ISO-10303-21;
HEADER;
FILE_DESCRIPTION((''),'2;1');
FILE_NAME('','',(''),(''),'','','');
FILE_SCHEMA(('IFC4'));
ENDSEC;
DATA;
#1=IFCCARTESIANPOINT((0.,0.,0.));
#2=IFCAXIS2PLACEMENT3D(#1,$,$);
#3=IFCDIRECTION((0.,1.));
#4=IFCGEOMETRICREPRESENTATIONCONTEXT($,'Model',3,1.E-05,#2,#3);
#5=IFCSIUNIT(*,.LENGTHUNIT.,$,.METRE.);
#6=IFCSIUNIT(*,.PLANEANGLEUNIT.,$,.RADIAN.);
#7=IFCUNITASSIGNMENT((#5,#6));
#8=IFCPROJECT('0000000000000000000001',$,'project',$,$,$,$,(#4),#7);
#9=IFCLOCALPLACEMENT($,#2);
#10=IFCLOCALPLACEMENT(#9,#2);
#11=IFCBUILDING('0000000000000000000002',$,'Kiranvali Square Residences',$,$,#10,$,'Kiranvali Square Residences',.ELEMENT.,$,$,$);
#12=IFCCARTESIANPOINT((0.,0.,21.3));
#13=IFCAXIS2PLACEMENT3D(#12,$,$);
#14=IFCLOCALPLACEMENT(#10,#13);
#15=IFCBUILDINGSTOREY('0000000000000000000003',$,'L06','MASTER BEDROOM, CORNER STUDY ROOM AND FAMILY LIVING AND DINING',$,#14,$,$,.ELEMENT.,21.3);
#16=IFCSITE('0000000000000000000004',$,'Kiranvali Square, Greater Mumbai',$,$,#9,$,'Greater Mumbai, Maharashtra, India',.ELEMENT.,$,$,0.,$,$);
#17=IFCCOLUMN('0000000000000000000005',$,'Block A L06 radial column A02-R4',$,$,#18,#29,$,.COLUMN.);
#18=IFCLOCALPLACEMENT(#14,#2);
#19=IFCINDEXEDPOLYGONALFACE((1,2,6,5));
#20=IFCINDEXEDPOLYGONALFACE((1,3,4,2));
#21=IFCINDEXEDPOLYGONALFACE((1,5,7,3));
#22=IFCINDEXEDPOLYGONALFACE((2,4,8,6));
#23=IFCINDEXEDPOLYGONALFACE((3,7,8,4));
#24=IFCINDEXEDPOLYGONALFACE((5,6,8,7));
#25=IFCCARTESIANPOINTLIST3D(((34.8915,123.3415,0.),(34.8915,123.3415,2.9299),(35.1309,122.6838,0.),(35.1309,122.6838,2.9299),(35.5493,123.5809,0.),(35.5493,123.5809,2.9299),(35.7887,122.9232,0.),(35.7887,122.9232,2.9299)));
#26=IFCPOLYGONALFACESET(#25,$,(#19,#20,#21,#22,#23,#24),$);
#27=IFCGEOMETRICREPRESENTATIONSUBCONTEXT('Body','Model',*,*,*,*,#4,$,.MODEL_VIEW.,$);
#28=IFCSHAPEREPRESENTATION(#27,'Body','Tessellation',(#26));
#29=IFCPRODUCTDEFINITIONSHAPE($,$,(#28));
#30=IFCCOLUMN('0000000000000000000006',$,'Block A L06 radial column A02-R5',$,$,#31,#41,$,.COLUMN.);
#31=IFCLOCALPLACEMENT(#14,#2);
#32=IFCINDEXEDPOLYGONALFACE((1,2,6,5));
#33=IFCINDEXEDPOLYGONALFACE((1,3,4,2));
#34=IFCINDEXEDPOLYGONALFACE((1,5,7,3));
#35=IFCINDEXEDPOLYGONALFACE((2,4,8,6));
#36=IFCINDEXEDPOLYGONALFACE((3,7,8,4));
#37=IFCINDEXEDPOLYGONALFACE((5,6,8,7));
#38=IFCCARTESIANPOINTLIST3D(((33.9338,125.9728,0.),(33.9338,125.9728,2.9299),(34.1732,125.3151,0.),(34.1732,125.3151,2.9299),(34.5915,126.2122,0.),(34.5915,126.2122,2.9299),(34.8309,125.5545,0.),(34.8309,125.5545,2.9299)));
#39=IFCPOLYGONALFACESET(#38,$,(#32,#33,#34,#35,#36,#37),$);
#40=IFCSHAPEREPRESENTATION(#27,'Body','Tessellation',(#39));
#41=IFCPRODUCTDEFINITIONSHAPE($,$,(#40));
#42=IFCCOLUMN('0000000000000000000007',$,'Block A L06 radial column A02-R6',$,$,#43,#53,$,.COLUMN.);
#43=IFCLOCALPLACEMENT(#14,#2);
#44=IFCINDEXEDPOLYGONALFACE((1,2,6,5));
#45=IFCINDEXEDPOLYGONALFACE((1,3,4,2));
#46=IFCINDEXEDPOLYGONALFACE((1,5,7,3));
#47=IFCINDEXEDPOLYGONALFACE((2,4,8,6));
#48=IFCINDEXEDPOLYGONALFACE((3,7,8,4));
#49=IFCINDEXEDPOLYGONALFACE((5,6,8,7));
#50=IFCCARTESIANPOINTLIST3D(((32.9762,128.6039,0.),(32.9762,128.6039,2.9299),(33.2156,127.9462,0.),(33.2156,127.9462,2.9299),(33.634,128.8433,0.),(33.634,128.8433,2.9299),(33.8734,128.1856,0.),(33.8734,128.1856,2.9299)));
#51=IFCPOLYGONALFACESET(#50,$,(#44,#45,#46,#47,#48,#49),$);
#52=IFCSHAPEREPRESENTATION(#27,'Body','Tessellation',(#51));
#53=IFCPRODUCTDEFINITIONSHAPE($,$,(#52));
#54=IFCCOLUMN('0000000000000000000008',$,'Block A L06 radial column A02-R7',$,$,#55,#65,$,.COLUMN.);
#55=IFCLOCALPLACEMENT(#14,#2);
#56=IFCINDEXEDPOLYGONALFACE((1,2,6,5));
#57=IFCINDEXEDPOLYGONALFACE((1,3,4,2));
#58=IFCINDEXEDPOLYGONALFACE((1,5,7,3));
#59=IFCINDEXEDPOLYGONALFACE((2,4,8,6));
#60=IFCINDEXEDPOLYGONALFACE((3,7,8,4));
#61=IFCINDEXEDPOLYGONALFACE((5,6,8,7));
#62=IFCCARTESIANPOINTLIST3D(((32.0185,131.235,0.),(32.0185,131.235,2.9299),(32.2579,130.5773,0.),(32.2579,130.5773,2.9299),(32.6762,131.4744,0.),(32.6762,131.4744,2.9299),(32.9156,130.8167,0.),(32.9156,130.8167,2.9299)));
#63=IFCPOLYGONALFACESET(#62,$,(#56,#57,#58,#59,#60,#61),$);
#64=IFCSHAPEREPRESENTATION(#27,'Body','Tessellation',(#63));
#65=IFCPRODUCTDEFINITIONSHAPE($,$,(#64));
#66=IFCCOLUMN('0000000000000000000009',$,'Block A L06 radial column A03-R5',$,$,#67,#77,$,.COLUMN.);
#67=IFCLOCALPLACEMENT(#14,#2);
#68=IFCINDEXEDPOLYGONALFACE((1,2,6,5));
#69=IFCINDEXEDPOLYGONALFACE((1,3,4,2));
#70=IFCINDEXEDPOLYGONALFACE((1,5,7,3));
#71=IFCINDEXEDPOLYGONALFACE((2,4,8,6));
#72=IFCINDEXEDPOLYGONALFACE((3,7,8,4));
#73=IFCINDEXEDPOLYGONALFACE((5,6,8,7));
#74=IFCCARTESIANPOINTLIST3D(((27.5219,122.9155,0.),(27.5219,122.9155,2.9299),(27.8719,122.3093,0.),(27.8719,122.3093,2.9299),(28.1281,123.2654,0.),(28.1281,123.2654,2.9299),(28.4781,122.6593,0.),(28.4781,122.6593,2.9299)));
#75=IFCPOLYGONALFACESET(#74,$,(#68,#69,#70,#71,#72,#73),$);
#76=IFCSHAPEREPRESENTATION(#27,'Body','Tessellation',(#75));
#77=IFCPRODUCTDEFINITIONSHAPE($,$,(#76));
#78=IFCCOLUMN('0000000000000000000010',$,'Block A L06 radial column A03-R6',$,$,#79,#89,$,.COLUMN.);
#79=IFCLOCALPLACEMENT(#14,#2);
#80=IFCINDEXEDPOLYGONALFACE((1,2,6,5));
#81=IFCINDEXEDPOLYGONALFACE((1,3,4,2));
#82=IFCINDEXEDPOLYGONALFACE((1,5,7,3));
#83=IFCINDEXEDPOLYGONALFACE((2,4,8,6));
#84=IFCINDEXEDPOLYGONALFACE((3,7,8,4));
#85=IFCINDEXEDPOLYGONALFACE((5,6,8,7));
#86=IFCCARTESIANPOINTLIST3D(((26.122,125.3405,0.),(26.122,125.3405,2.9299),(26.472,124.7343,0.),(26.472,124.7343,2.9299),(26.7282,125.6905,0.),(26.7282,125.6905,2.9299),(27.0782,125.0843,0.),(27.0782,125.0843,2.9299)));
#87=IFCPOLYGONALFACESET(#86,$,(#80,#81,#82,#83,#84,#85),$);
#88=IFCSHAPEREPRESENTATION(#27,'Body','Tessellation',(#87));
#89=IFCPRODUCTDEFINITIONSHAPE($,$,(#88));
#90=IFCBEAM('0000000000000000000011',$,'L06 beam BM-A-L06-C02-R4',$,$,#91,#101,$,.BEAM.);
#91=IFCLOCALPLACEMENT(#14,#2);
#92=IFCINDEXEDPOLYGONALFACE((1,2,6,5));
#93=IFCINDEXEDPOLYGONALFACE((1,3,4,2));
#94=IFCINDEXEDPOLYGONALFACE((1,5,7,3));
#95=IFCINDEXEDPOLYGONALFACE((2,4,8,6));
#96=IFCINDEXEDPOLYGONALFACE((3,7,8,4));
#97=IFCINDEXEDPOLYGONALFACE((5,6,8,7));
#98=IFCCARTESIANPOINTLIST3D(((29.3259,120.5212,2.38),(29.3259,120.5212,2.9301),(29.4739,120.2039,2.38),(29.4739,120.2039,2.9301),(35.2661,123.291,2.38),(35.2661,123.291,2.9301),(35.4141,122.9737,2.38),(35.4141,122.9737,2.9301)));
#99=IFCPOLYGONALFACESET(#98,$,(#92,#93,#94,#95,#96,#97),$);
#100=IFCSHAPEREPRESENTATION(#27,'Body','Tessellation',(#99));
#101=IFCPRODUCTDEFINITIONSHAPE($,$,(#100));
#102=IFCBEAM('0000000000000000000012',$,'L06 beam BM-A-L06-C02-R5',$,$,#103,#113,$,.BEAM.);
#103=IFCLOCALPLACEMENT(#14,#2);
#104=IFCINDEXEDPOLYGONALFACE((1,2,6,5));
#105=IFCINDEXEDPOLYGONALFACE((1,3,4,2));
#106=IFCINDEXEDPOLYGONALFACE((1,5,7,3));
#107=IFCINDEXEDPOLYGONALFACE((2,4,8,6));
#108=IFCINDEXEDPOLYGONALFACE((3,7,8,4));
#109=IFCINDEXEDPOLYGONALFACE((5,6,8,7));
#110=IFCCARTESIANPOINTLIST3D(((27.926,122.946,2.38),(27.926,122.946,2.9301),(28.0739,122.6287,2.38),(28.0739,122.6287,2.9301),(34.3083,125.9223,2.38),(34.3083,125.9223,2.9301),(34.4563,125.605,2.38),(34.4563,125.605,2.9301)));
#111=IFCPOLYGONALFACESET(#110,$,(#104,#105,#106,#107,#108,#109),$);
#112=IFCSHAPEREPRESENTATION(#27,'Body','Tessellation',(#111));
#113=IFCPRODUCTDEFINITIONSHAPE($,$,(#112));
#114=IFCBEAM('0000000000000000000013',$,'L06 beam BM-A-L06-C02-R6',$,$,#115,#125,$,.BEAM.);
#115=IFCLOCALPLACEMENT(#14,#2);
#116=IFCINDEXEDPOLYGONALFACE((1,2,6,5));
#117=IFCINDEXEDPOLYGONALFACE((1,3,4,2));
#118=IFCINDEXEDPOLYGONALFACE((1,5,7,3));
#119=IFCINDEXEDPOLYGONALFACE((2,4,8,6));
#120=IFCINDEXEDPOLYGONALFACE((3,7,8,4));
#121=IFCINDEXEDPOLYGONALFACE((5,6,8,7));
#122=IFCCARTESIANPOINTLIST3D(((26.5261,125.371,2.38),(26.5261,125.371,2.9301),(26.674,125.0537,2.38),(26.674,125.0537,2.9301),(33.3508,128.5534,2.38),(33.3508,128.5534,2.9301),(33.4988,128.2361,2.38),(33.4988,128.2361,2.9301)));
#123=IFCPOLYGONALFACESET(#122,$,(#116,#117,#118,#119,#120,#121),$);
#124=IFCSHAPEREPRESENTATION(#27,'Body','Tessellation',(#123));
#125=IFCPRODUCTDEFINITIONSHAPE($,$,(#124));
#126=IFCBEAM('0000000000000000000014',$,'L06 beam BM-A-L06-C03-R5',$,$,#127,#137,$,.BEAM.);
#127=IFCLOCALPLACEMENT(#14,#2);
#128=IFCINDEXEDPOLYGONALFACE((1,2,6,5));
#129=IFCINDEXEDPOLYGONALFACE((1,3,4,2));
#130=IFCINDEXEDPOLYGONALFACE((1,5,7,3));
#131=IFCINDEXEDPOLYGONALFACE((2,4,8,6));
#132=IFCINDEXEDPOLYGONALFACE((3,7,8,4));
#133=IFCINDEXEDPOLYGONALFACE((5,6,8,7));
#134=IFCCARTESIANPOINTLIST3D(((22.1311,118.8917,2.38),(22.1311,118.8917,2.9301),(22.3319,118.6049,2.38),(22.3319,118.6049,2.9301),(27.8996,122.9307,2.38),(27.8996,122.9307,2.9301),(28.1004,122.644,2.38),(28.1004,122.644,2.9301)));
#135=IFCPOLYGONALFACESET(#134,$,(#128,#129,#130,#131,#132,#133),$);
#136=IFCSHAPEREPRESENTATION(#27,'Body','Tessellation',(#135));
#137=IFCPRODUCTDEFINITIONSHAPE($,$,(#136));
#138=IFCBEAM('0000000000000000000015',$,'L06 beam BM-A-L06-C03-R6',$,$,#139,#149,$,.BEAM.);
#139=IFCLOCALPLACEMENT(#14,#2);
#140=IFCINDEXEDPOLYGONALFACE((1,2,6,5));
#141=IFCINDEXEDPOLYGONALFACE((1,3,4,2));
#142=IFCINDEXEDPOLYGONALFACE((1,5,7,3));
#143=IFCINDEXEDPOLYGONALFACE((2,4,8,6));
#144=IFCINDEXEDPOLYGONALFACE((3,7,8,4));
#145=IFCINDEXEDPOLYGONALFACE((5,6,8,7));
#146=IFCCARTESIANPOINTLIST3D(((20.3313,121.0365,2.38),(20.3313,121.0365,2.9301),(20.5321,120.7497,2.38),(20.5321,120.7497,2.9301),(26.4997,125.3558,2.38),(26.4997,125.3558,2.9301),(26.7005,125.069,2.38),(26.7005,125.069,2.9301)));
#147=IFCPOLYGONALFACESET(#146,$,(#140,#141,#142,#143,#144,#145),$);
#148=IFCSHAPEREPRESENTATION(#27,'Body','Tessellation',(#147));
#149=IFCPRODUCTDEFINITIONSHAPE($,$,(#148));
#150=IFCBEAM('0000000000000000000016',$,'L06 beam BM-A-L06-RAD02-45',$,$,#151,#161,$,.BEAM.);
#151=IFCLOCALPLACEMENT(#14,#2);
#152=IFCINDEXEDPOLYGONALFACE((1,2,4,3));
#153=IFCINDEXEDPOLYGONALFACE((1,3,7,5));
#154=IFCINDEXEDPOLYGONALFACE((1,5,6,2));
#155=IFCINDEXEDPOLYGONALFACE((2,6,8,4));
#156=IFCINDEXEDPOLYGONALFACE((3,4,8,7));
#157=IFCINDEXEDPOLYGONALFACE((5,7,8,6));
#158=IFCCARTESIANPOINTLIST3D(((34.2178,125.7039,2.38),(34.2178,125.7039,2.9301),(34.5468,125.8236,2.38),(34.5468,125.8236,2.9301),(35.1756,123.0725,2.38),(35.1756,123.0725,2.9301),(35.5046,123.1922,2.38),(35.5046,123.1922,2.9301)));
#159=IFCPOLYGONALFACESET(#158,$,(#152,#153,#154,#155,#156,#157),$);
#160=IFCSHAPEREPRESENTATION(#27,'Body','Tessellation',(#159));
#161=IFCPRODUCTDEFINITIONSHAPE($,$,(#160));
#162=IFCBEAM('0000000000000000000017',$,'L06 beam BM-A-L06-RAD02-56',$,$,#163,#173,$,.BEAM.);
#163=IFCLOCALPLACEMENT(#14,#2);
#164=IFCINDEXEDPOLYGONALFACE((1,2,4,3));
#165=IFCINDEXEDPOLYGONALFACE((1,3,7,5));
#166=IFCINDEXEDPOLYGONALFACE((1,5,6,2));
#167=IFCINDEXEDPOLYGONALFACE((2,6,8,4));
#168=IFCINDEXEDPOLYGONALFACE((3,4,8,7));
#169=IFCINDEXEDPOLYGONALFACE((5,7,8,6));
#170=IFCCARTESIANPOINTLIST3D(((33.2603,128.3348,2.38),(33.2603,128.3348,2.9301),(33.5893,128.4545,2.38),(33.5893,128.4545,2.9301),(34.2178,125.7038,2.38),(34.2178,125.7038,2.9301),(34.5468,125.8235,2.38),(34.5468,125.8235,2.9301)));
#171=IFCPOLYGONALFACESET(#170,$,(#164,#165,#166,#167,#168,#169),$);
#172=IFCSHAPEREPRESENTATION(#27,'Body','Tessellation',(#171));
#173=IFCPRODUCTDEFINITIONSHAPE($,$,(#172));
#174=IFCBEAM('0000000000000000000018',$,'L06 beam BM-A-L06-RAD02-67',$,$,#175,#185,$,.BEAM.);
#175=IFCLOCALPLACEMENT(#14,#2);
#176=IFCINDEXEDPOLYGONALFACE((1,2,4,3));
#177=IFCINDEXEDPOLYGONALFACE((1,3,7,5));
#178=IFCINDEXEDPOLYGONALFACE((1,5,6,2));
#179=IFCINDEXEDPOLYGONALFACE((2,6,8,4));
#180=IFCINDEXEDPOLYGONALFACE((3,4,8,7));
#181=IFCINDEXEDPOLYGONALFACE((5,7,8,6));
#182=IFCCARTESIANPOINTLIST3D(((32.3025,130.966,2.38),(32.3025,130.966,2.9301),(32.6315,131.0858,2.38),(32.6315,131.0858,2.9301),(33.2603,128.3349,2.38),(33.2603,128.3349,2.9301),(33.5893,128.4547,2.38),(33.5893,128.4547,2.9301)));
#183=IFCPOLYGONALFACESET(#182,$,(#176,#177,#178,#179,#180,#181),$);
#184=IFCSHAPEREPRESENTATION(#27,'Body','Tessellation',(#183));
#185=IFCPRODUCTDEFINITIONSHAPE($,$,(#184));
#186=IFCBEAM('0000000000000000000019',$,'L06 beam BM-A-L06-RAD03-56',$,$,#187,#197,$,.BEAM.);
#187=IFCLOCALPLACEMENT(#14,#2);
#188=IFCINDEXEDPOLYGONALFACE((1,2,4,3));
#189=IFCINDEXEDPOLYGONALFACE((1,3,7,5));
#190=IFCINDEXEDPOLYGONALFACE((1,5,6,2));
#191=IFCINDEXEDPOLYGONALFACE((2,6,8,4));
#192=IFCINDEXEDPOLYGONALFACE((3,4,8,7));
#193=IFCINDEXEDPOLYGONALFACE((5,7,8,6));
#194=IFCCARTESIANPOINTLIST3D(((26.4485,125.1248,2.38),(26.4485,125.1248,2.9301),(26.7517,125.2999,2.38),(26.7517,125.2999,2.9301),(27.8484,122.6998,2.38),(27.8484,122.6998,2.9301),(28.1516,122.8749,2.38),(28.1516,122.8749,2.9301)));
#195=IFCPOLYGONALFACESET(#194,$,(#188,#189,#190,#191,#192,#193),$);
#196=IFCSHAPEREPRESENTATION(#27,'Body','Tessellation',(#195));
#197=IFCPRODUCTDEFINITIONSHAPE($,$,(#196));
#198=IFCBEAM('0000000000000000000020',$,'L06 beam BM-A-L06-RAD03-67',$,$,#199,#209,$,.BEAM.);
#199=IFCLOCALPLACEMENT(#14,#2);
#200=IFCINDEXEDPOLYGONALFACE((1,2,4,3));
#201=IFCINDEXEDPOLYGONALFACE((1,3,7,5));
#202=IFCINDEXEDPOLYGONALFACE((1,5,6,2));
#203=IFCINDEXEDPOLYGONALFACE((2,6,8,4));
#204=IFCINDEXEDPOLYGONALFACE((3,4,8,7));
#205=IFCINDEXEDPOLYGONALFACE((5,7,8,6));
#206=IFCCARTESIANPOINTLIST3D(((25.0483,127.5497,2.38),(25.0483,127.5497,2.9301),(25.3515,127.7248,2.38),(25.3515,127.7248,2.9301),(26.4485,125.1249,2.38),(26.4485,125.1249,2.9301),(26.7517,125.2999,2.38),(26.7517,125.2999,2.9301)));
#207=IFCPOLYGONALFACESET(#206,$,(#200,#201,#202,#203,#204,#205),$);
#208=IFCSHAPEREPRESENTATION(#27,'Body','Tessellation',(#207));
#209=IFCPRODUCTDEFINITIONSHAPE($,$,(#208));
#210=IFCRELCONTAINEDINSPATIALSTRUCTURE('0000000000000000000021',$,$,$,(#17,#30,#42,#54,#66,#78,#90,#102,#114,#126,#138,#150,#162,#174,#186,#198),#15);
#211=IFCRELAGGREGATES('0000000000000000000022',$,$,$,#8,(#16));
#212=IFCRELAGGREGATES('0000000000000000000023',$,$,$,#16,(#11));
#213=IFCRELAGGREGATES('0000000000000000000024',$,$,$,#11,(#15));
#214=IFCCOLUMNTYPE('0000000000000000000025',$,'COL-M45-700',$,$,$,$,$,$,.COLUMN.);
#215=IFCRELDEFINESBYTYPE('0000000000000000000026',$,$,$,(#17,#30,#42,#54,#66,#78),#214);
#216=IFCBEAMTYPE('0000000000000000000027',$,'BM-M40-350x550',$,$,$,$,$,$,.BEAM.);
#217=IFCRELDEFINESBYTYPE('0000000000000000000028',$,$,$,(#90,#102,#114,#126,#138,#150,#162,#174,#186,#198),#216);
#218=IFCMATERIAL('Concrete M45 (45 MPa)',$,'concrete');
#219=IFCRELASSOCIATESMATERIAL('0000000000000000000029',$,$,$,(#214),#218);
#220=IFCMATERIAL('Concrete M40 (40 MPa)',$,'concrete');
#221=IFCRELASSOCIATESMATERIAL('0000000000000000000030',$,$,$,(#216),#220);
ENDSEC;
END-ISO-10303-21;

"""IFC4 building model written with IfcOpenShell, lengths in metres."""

from ifc_helpers import new_model, si_unit, direction, frame, origin, origin_2d, place, context, subcontext, project, spatial, rectangle, extrude, material, material_profile, profile_set, type_object, element, save


model = new_model("IFC4")

# Units and contexts
model_context = context("Model", 3, precision=1e-05, world=origin(), true_north=direction((0.0, 1.0)))
body_context = subcontext(model_context, "Body", "Model", "MODEL_VIEW")
ifc_project = project(units=[si_unit("LENGTHUNIT", "METRE"), si_unit("PLANEANGLEUNIT", "RADIAN")], contexts=[model_context])

# Site, building, storey
site_placement = place(None, origin())
site = spatial("IfcSite", under=ifc_project, at=site_placement, Name="Kiranvali Square, Greater Mumbai", LongName="Greater Mumbai, Maharashtra, India", CompositionType="ELEMENT", RefElevation=0.0)
building_placement = place(site_placement, origin())
building = spatial("IfcBuilding", under=site, at=building_placement, Name="Kiranvali Square Residences", LongName="Kiranvali Square Residences", CompositionType="ELEMENT")
storey_placement = place(building_placement, frame((0.0, 0.0, 21.3)))
storey = spatial("IfcBuildingStorey", under=building, at=storey_placement, Name="L06", Description="MASTER BEDROOM, CORNER STUDY ROOM AND FAMILY LIVING AND DINING", CompositionType="ELEMENT", Elevation=21.3)

# Columns
ifc_material_1 = material(Name="Concrete M45 (45 MPa)", Category="concrete")
ifc_material_profile_1 = material_profile(ifc_material_1, rectangle(XDim=0.7, YDim=0.7, at=origin_2d()), Name="RC 700x700")
ifc_profile_set_1 = profile_set([ifc_material_profile_1], Name="Concrete M45 (45 MPa)")
column_type = type_object("IfcColumnType", Name="COL-M45-700", PredefinedType="COLUMN", material=ifc_profile_set_1)
for number, where, z_axis, x_axis, name in (
    (1, (35.3401, 123.1323, 0.0), (0.0, 0.0, 1.0), (0.939693, 0.34202, 0.0), "Block A L06 radial column A02-R4"),
    (2, (34.3823, 125.7637, 0.0), (0.0, 0.0, 1.0), (0.939693, 0.34202, 0.0), "Block A L06 radial column A02-R5"),
    (3, (33.4248, 128.3948, 0.0), (0.0, 0.0, 1.0), (0.939693, 0.34202, 0.0), "Block A L06 radial column A02-R6"),
    (4, (32.467, 131.0259, 0.0), (0.0, 0.0, 1.0), (0.939693, 0.34202, 0.0), "Block A L06 radial column A02-R7"),
    (5, (28.0, 122.7874, 0.0), (0.0, 0.0, 1.0), (0.866025, 0.5, 0.0), "Block A L06 radial column A03-R5"),
    (6, (26.6001, 125.2124, 0.0), (0.0, 0.0, 1.0), (0.866025, 0.5, 0.0), "Block A L06 radial column A03-R6"),
):
    element("IfcColumn", number, at=place(storey_placement, frame(where, z_axis=z_axis, x_axis=x_axis)), inside=storey, type_object=column_type, Name=name, PredefinedType="COLUMN", context=body_context, shape_type="SweptSolid", body=[
        extrude(rectangle(XDim=0.7, YDim=0.7, at=origin_2d()), origin(), (0.0, 0.0, 1.0), 2.9299),
    ])

# Beams
ifc_material_2 = material(Name="Concrete M40 (40 MPa)", Category="concrete")
ifc_material_profile_2 = material_profile(ifc_material_2, rectangle(XDim=0.3501, YDim=0.55, at=origin_2d()), Name="RC 350x550")
ifc_profile_set_2 = profile_set([ifc_material_profile_2], Name="Concrete M40 (40 MPa)")
beam_type_1 = type_object("IfcBeamType", Name="BM-M40-350x550", PredefinedType="BEAM", material=ifc_profile_set_2)
beam_1_placement = place(storey_placement, frame((35.3401, 123.1323, 2.655), z_axis=(-0.906318, -0.422596, 0.0), x_axis=(0.422596, -0.906318, 0.0)))
element("IfcBeam", 7, at=beam_1_placement, inside=storey, type_object=beam_type_1, Name="L06 beam BM-A-L06-C02-R4", PredefinedType="BEAM", context=body_context, shape_type="SweptSolid", body=[
    extrude(rectangle(XDim=0.3501, YDim=0.55, at=origin_2d()), origin(), (0.0, 0.0, 1.0), 6.5542),
])
beam_2_placement = place(storey_placement, frame((34.3823, 125.7637, 2.655), z_axis=(-0.906297, -0.422641, 0.0), x_axis=(0.422641, -0.906297, 0.0)))
element("IfcBeam", 8, at=beam_2_placement, inside=storey, type_object=beam_type_1, Name="L06 beam BM-A-L06-C02-R5", PredefinedType="BEAM", context=body_context, shape_type="SweptSolid", body=[
    extrude(rectangle(XDim=0.3501, YDim=0.55, at=origin_2d()), origin(), (0.0, 0.0, 1.0), 7.0422),
])
beam_3_placement = place(storey_placement, frame((33.4248, 128.3948, 2.655), z_axis=(-0.90631, -0.422614, 0.0), x_axis=(0.422614, -0.90631, 0.0)))
element("IfcBeam", 9, at=beam_3_placement, inside=storey, type_object=beam_type_1, Name="L06 beam BM-A-L06-C02-R6", PredefinedType="BEAM", context=body_context, shape_type="SweptSolid", body=[
    extrude(rectangle(XDim=0.3501, YDim=0.55, at=origin_2d()), origin(), (0.0, 0.0, 1.0), 7.5303),
])
beam_4_placement = place(storey_placement, frame((28.0, 122.7874, 2.655), z_axis=(-0.81916, -0.573565, 0.0), x_axis=(0.573565, -0.81916, 0.0)))
element("IfcBeam", 10, at=beam_4_placement, inside=storey, type_object=beam_type_1, Name="L06 beam BM-A-L06-C03-R5", PredefinedType="BEAM", context=body_context, shape_type="SweptSolid", body=[
    extrude(rectangle(XDim=0.3501, YDim=0.55, at=origin_2d()), origin(), (0.0, 0.0, 1.0), 7.042),
])
beam_5_placement = place(storey_placement, frame((26.6001, 125.2124, 2.655), z_axis=(-0.819144, -0.573589, 0.0), x_axis=(0.573589, -0.819144, 0.0)))
element("IfcBeam", 11, at=beam_5_placement, inside=storey, type_object=beam_type_1, Name="L06 beam BM-A-L06-C03-R6", PredefinedType="BEAM", context=body_context, shape_type="SweptSolid", body=[
    extrude(rectangle(XDim=0.3501, YDim=0.55, at=origin_2d()), origin(), (0.0, 0.0, 1.0), 7.5303),
])
beam_6_placement = place(storey_placement, frame((35.3401, 123.1323, 2.655), z_axis=(-0.34203, 0.939689, 0.0), x_axis=(-0.939689, -0.34203, 0.0)))
element("IfcBeam", 12, at=beam_6_placement, inside=storey, type_object=beam_type_1, Name="L06 beam BM-A-L06-RAD02-45", PredefinedType="BEAM", context=body_context, shape_type="SweptSolid", body=[
    extrude(rectangle(XDim=0.3501, YDim=0.55, at=origin_2d()), origin(), (0.0, 0.0, 1.0), 2.8003),
])
beam_7_placement = place(storey_placement, frame((34.3823, 125.7637, 2.655), z_axis=(-0.341981, 0.939707, 0.0), x_axis=(-0.939707, -0.341981, 0.0)))
element("IfcBeam", 13, at=beam_7_placement, inside=storey, type_object=beam_type_1, Name="L06 beam BM-A-L06-RAD02-56", PredefinedType="BEAM", context=body_context, shape_type="SweptSolid", body=[
    extrude(rectangle(XDim=0.3501, YDim=0.55, at=origin_2d()), origin(), (0.0, 0.0, 1.0), 2.7998),
])
for number, where, z_axis, x_axis, name in (
    (14, (33.4248, 128.3948, 2.655), (-0.342058, 0.939679, 0.0), (-0.939679, -0.342058, 0.0), "L06 beam BM-A-L06-RAD02-67"),
    (15, (28.0, 122.7874, 2.655), (-0.499946, 0.866056, 0.0), (-0.866056, -0.499946, 0.0), "L06 beam BM-A-L06-RAD03-56"),
    (16, (26.6001, 125.2124, 2.655), (-0.50005, 0.865997, 0.0), (-0.865997, -0.50005, 0.0), "L06 beam BM-A-L06-RAD03-67"),
):
    element("IfcBeam", number, at=place(storey_placement, frame(where, z_axis=z_axis, x_axis=x_axis)), inside=storey, type_object=beam_type_1, Name=name, PredefinedType="BEAM", context=body_context, shape_type="SweptSolid", body=[
        extrude(rectangle(XDim=0.3501, YDim=0.55, at=origin_2d()), origin(), (0.0, 0.0, 1.0), 2.8),
    ])

save(model, "model.ifc")
